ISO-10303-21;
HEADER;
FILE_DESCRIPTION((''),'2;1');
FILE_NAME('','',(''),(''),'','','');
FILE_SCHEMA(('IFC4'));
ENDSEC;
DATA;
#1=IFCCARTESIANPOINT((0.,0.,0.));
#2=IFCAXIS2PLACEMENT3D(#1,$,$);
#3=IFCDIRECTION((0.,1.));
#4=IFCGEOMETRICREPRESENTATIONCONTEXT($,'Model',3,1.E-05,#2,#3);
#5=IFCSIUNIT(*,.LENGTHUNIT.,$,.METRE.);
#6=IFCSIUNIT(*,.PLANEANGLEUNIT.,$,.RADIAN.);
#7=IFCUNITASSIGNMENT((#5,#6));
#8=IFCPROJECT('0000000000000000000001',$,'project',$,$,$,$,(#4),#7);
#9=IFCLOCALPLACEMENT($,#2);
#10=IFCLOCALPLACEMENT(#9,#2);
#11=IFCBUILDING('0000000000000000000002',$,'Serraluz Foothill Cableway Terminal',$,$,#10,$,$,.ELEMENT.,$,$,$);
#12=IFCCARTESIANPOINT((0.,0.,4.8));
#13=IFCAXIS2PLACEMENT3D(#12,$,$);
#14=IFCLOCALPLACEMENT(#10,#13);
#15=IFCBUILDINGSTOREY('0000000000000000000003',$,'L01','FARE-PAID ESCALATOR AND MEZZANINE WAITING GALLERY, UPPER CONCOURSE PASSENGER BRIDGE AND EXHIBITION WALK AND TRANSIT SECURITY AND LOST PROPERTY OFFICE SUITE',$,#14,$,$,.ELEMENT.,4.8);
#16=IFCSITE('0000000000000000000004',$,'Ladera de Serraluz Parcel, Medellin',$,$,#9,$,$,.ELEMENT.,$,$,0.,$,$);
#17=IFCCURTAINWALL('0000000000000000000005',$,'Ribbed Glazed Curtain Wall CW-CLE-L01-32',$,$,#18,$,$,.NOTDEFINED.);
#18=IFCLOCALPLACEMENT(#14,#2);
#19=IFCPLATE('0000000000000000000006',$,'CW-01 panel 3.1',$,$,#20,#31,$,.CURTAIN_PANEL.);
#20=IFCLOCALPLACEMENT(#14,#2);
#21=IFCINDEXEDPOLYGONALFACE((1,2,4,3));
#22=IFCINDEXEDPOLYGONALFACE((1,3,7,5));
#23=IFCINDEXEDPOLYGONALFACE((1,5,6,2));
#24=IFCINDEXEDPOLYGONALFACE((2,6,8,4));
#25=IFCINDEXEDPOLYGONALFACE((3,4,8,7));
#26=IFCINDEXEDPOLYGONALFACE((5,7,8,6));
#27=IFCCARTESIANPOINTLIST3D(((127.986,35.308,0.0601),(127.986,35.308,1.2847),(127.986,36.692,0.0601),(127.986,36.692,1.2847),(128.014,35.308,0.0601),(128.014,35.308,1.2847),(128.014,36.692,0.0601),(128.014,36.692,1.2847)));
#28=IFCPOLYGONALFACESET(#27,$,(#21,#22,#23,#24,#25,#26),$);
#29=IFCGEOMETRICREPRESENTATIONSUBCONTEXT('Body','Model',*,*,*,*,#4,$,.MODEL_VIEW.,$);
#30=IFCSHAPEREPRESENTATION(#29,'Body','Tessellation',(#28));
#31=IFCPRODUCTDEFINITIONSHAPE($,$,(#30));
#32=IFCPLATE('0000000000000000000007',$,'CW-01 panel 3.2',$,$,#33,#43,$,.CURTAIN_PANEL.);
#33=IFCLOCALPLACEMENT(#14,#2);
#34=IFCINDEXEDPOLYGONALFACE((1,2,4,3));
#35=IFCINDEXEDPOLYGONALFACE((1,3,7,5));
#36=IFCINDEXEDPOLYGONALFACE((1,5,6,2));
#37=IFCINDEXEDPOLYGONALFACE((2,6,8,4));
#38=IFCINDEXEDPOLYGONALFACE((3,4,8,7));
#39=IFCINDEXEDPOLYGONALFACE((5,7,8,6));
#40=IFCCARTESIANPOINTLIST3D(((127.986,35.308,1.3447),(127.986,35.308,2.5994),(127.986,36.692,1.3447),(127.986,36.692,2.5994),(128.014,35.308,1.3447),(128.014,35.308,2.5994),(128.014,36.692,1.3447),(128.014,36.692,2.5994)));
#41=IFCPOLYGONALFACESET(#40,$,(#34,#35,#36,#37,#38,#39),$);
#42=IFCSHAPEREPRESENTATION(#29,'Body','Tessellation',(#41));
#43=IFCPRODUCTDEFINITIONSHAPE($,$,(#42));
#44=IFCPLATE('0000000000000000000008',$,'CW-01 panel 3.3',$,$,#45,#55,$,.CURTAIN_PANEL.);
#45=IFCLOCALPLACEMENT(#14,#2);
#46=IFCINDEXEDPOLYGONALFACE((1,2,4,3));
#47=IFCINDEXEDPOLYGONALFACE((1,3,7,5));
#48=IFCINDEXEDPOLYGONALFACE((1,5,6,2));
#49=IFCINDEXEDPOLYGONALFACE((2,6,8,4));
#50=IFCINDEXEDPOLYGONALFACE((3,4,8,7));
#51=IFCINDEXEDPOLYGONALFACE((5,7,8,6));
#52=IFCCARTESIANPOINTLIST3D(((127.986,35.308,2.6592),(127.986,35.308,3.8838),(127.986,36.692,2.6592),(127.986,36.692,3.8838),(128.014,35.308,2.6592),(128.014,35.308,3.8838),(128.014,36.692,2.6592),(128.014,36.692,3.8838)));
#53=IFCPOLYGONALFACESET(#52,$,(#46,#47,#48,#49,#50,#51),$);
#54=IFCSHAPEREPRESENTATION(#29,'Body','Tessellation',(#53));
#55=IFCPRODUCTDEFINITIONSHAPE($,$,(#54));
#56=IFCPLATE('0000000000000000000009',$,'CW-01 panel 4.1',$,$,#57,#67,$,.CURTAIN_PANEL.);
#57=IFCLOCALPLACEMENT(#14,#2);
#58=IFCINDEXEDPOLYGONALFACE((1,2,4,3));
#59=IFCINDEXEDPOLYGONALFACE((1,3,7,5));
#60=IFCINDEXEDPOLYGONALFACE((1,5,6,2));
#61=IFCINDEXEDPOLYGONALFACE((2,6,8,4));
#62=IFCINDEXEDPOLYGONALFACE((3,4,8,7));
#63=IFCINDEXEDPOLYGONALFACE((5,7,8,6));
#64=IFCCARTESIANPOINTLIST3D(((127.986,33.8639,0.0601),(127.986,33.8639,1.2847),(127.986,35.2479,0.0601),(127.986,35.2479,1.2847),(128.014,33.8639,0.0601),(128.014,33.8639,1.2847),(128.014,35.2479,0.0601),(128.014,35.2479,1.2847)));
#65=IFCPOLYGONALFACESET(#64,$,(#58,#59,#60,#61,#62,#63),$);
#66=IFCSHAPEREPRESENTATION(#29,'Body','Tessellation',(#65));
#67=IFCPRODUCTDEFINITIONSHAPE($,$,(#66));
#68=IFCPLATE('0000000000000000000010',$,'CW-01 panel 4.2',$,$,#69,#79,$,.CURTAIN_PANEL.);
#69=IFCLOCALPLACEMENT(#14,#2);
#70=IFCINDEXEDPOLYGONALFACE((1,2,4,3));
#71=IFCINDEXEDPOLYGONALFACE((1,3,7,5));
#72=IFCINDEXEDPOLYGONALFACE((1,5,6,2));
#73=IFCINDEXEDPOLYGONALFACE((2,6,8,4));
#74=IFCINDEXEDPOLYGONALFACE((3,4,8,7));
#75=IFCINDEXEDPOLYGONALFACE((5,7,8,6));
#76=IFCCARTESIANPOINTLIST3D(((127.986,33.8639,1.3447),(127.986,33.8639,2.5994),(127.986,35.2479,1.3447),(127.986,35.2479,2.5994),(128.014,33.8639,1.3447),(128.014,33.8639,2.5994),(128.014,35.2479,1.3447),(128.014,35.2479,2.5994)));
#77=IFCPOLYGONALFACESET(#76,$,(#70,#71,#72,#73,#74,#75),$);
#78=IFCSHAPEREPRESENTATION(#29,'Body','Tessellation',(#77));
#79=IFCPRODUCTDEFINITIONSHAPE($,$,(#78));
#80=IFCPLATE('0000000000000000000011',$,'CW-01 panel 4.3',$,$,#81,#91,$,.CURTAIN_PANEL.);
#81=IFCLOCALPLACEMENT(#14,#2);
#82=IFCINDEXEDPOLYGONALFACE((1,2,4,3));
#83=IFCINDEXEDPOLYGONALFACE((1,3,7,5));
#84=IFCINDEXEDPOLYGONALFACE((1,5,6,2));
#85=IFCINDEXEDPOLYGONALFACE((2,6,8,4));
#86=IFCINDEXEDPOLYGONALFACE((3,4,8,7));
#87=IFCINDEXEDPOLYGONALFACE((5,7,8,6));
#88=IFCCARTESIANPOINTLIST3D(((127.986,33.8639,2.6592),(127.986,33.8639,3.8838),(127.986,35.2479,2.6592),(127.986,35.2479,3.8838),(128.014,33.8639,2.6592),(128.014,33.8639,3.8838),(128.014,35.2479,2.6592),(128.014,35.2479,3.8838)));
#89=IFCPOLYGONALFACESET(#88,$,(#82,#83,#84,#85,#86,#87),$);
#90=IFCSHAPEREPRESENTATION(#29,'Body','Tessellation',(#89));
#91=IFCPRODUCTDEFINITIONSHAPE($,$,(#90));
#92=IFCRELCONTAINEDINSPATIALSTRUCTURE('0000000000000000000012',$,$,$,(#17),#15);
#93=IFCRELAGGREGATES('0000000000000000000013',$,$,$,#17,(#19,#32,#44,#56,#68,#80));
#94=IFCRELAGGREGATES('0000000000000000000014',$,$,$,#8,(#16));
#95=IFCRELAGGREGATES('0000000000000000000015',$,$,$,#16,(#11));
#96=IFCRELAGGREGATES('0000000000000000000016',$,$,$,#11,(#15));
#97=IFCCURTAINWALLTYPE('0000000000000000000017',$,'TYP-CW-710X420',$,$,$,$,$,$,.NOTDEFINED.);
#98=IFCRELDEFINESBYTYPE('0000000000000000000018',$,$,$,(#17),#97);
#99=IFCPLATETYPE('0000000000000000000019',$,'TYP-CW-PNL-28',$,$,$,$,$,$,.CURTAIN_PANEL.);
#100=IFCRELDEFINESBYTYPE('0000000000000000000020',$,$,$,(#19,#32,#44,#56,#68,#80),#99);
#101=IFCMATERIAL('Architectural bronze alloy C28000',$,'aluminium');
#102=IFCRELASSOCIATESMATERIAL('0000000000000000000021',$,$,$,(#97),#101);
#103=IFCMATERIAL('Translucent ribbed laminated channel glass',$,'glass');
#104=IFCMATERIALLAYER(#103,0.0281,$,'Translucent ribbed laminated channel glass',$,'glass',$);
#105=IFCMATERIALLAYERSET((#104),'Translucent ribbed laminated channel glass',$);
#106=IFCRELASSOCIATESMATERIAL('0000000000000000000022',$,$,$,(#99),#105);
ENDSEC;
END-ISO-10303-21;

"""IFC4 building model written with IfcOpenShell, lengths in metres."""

from ifc_helpers import new_model, si_unit, direction, frame, origin, origin_2d, place, context, subcontext, project, spatial, rectangle, extrude, material, layer, layer_set, type_object, element, aggregate, save


model = new_model("IFC4")

# Units and contexts
model_context = context("Model", 3, precision=1e-05, world=origin(), true_north=direction((0.0, 1.0)))
body_context = subcontext(model_context, "Body", "Model", "MODEL_VIEW")
ifc_project = project(units=[si_unit("LENGTHUNIT", "METRE"), si_unit("PLANEANGLEUNIT", "RADIAN")], contexts=[model_context])

# Site, building, storey
site_placement = place(None, origin())
site = spatial("IfcSite", under=ifc_project, at=site_placement, Name="Ladera de Serraluz Parcel, Medellin", CompositionType="ELEMENT", RefElevation=0.0)
building_placement = place(site_placement, origin())
building = spatial("IfcBuilding", under=site, at=building_placement, Name="Serraluz Foothill Cableway Terminal", CompositionType="ELEMENT")
storey_placement = place(building_placement, frame((0.0, 0.0, 4.8)))
storey = spatial("IfcBuildingStorey", under=building, at=storey_placement, Name="L01", Description="FARE-PAID ESCALATOR AND MEZZANINE WAITING GALLERY, UPPER CONCOURSE PASSENGER BRIDGE AND EXHIBITION WALK AND TRANSIT SECURITY AND LOST PROPERTY OFFICE SUITE", CompositionType="ELEMENT", Elevation=4.8)

# Curtain wall
ifc_material_1 = material(Name="Architectural bronze alloy C28000", Category="aluminium")
curtain_wall_type = type_object("IfcCurtainWallType", Name="TYP-CW-710X420", PredefinedType="NOTDEFINED", material=ifc_material_1)
curtain_wall_placement = place(storey_placement, origin())
curtain_wall = element("IfcCurtainWall", 1, at=curtain_wall_placement, inside=storey, type_object=curtain_wall_type, Name="Ribbed Glazed Curtain Wall CW-CLE-L01-32", PredefinedType="NOTDEFINED")

# Plates
ifc_material_2 = material(Name="Translucent ribbed laminated channel glass", Category="glass")
ifc_layer = layer(ifc_material_2, 0.0281, Name="Translucent ribbed laminated channel glass", Category="glass")
ifc_layer_set = layer_set([ifc_layer], Name="Translucent ribbed laminated channel glass")
plate_type = type_object("IfcPlateType", Name="TYP-CW-PNL-28", PredefinedType="CURTAIN_PANEL", material=ifc_layer_set)
plate_1_placement = place(storey_placement, frame((128.0, 36.0, 0.0601), z_axis=(0.0, 0.0, 1.0), x_axis=(0.0, -1.0, 0.0)))
plate_1 = element("IfcPlate", 2, at=plate_1_placement, type_object=plate_type, Name="CW-01 panel 3.1", PredefinedType="CURTAIN_PANEL", context=body_context, shape_type="SweptSolid", body=[
    extrude(rectangle(XDim=1.384, YDim=0.0281, at=origin_2d()), origin(), (0.0, 0.0, 1.0), 1.2246),
])
plate_2_placement = place(storey_placement, frame((128.0, 36.0, 1.3447), z_axis=(0.0, 0.0, 1.0), x_axis=(0.0, -1.0, 0.0)))
plate_2 = element("IfcPlate", 3, at=plate_2_placement, type_object=plate_type, Name="CW-01 panel 3.2", PredefinedType="CURTAIN_PANEL", context=body_context, shape_type="SweptSolid", body=[
    extrude(rectangle(XDim=1.384, YDim=0.0281, at=origin_2d()), origin(), (0.0, 0.0, 1.0), 1.2546),
])
plate_3_placement = place(storey_placement, frame((128.0, 36.0, 2.6592), z_axis=(0.0, 0.0, 1.0), x_axis=(0.0, -1.0, 0.0)))
plate_3 = element("IfcPlate", 4, at=plate_3_placement, type_object=plate_type, Name="CW-01 panel 3.3", PredefinedType="CURTAIN_PANEL", context=body_context, shape_type="SweptSolid", body=[
    extrude(rectangle(XDim=1.384, YDim=0.0281, at=origin_2d()), origin(), (0.0, 0.0, 1.0), 1.2246),
])
plate_4_placement = place(storey_placement, frame((128.0, 34.5559, 0.0601), z_axis=(0.0, 0.0, 1.0), x_axis=(0.0, -1.0, 0.0)))
plate_4 = element("IfcPlate", 5, at=plate_4_placement, type_object=plate_type, Name="CW-01 panel 4.1", PredefinedType="CURTAIN_PANEL", context=body_context, shape_type="SweptSolid", body=[
    extrude(rectangle(XDim=1.384, YDim=0.0281, at=origin_2d()), origin(), (0.0, 0.0, 1.0), 1.2246),
])
plate_5_placement = place(storey_placement, frame((128.0, 34.5559, 1.3447), z_axis=(0.0, 0.0, 1.0), x_axis=(0.0, -1.0, 0.0)))
plate_5 = element("IfcPlate", 6, at=plate_5_placement, type_object=plate_type, Name="CW-01 panel 4.2", PredefinedType="CURTAIN_PANEL", context=body_context, shape_type="SweptSolid", body=[
    extrude(rectangle(XDim=1.384, YDim=0.0281, at=origin_2d()), origin(), (0.0, 0.0, 1.0), 1.2546),
])
plate_6_placement = place(storey_placement, frame((128.0, 34.5559, 2.6592), z_axis=(0.0, 0.0, 1.0), x_axis=(0.0, -1.0, 0.0)))
plate_6 = element("IfcPlate", 7, at=plate_6_placement, type_object=plate_type, Name="CW-01 panel 4.3", PredefinedType="CURTAIN_PANEL", context=body_context, shape_type="SweptSolid", body=[
    extrude(rectangle(XDim=1.384, YDim=0.0281, at=origin_2d()), origin(), (0.0, 0.0, 1.0), 1.2246),
])
aggregate(curtain_wall, [plate_1, plate_2, plate_3, plate_4, plate_5, plate_6])

save(model, "model.ifc")
